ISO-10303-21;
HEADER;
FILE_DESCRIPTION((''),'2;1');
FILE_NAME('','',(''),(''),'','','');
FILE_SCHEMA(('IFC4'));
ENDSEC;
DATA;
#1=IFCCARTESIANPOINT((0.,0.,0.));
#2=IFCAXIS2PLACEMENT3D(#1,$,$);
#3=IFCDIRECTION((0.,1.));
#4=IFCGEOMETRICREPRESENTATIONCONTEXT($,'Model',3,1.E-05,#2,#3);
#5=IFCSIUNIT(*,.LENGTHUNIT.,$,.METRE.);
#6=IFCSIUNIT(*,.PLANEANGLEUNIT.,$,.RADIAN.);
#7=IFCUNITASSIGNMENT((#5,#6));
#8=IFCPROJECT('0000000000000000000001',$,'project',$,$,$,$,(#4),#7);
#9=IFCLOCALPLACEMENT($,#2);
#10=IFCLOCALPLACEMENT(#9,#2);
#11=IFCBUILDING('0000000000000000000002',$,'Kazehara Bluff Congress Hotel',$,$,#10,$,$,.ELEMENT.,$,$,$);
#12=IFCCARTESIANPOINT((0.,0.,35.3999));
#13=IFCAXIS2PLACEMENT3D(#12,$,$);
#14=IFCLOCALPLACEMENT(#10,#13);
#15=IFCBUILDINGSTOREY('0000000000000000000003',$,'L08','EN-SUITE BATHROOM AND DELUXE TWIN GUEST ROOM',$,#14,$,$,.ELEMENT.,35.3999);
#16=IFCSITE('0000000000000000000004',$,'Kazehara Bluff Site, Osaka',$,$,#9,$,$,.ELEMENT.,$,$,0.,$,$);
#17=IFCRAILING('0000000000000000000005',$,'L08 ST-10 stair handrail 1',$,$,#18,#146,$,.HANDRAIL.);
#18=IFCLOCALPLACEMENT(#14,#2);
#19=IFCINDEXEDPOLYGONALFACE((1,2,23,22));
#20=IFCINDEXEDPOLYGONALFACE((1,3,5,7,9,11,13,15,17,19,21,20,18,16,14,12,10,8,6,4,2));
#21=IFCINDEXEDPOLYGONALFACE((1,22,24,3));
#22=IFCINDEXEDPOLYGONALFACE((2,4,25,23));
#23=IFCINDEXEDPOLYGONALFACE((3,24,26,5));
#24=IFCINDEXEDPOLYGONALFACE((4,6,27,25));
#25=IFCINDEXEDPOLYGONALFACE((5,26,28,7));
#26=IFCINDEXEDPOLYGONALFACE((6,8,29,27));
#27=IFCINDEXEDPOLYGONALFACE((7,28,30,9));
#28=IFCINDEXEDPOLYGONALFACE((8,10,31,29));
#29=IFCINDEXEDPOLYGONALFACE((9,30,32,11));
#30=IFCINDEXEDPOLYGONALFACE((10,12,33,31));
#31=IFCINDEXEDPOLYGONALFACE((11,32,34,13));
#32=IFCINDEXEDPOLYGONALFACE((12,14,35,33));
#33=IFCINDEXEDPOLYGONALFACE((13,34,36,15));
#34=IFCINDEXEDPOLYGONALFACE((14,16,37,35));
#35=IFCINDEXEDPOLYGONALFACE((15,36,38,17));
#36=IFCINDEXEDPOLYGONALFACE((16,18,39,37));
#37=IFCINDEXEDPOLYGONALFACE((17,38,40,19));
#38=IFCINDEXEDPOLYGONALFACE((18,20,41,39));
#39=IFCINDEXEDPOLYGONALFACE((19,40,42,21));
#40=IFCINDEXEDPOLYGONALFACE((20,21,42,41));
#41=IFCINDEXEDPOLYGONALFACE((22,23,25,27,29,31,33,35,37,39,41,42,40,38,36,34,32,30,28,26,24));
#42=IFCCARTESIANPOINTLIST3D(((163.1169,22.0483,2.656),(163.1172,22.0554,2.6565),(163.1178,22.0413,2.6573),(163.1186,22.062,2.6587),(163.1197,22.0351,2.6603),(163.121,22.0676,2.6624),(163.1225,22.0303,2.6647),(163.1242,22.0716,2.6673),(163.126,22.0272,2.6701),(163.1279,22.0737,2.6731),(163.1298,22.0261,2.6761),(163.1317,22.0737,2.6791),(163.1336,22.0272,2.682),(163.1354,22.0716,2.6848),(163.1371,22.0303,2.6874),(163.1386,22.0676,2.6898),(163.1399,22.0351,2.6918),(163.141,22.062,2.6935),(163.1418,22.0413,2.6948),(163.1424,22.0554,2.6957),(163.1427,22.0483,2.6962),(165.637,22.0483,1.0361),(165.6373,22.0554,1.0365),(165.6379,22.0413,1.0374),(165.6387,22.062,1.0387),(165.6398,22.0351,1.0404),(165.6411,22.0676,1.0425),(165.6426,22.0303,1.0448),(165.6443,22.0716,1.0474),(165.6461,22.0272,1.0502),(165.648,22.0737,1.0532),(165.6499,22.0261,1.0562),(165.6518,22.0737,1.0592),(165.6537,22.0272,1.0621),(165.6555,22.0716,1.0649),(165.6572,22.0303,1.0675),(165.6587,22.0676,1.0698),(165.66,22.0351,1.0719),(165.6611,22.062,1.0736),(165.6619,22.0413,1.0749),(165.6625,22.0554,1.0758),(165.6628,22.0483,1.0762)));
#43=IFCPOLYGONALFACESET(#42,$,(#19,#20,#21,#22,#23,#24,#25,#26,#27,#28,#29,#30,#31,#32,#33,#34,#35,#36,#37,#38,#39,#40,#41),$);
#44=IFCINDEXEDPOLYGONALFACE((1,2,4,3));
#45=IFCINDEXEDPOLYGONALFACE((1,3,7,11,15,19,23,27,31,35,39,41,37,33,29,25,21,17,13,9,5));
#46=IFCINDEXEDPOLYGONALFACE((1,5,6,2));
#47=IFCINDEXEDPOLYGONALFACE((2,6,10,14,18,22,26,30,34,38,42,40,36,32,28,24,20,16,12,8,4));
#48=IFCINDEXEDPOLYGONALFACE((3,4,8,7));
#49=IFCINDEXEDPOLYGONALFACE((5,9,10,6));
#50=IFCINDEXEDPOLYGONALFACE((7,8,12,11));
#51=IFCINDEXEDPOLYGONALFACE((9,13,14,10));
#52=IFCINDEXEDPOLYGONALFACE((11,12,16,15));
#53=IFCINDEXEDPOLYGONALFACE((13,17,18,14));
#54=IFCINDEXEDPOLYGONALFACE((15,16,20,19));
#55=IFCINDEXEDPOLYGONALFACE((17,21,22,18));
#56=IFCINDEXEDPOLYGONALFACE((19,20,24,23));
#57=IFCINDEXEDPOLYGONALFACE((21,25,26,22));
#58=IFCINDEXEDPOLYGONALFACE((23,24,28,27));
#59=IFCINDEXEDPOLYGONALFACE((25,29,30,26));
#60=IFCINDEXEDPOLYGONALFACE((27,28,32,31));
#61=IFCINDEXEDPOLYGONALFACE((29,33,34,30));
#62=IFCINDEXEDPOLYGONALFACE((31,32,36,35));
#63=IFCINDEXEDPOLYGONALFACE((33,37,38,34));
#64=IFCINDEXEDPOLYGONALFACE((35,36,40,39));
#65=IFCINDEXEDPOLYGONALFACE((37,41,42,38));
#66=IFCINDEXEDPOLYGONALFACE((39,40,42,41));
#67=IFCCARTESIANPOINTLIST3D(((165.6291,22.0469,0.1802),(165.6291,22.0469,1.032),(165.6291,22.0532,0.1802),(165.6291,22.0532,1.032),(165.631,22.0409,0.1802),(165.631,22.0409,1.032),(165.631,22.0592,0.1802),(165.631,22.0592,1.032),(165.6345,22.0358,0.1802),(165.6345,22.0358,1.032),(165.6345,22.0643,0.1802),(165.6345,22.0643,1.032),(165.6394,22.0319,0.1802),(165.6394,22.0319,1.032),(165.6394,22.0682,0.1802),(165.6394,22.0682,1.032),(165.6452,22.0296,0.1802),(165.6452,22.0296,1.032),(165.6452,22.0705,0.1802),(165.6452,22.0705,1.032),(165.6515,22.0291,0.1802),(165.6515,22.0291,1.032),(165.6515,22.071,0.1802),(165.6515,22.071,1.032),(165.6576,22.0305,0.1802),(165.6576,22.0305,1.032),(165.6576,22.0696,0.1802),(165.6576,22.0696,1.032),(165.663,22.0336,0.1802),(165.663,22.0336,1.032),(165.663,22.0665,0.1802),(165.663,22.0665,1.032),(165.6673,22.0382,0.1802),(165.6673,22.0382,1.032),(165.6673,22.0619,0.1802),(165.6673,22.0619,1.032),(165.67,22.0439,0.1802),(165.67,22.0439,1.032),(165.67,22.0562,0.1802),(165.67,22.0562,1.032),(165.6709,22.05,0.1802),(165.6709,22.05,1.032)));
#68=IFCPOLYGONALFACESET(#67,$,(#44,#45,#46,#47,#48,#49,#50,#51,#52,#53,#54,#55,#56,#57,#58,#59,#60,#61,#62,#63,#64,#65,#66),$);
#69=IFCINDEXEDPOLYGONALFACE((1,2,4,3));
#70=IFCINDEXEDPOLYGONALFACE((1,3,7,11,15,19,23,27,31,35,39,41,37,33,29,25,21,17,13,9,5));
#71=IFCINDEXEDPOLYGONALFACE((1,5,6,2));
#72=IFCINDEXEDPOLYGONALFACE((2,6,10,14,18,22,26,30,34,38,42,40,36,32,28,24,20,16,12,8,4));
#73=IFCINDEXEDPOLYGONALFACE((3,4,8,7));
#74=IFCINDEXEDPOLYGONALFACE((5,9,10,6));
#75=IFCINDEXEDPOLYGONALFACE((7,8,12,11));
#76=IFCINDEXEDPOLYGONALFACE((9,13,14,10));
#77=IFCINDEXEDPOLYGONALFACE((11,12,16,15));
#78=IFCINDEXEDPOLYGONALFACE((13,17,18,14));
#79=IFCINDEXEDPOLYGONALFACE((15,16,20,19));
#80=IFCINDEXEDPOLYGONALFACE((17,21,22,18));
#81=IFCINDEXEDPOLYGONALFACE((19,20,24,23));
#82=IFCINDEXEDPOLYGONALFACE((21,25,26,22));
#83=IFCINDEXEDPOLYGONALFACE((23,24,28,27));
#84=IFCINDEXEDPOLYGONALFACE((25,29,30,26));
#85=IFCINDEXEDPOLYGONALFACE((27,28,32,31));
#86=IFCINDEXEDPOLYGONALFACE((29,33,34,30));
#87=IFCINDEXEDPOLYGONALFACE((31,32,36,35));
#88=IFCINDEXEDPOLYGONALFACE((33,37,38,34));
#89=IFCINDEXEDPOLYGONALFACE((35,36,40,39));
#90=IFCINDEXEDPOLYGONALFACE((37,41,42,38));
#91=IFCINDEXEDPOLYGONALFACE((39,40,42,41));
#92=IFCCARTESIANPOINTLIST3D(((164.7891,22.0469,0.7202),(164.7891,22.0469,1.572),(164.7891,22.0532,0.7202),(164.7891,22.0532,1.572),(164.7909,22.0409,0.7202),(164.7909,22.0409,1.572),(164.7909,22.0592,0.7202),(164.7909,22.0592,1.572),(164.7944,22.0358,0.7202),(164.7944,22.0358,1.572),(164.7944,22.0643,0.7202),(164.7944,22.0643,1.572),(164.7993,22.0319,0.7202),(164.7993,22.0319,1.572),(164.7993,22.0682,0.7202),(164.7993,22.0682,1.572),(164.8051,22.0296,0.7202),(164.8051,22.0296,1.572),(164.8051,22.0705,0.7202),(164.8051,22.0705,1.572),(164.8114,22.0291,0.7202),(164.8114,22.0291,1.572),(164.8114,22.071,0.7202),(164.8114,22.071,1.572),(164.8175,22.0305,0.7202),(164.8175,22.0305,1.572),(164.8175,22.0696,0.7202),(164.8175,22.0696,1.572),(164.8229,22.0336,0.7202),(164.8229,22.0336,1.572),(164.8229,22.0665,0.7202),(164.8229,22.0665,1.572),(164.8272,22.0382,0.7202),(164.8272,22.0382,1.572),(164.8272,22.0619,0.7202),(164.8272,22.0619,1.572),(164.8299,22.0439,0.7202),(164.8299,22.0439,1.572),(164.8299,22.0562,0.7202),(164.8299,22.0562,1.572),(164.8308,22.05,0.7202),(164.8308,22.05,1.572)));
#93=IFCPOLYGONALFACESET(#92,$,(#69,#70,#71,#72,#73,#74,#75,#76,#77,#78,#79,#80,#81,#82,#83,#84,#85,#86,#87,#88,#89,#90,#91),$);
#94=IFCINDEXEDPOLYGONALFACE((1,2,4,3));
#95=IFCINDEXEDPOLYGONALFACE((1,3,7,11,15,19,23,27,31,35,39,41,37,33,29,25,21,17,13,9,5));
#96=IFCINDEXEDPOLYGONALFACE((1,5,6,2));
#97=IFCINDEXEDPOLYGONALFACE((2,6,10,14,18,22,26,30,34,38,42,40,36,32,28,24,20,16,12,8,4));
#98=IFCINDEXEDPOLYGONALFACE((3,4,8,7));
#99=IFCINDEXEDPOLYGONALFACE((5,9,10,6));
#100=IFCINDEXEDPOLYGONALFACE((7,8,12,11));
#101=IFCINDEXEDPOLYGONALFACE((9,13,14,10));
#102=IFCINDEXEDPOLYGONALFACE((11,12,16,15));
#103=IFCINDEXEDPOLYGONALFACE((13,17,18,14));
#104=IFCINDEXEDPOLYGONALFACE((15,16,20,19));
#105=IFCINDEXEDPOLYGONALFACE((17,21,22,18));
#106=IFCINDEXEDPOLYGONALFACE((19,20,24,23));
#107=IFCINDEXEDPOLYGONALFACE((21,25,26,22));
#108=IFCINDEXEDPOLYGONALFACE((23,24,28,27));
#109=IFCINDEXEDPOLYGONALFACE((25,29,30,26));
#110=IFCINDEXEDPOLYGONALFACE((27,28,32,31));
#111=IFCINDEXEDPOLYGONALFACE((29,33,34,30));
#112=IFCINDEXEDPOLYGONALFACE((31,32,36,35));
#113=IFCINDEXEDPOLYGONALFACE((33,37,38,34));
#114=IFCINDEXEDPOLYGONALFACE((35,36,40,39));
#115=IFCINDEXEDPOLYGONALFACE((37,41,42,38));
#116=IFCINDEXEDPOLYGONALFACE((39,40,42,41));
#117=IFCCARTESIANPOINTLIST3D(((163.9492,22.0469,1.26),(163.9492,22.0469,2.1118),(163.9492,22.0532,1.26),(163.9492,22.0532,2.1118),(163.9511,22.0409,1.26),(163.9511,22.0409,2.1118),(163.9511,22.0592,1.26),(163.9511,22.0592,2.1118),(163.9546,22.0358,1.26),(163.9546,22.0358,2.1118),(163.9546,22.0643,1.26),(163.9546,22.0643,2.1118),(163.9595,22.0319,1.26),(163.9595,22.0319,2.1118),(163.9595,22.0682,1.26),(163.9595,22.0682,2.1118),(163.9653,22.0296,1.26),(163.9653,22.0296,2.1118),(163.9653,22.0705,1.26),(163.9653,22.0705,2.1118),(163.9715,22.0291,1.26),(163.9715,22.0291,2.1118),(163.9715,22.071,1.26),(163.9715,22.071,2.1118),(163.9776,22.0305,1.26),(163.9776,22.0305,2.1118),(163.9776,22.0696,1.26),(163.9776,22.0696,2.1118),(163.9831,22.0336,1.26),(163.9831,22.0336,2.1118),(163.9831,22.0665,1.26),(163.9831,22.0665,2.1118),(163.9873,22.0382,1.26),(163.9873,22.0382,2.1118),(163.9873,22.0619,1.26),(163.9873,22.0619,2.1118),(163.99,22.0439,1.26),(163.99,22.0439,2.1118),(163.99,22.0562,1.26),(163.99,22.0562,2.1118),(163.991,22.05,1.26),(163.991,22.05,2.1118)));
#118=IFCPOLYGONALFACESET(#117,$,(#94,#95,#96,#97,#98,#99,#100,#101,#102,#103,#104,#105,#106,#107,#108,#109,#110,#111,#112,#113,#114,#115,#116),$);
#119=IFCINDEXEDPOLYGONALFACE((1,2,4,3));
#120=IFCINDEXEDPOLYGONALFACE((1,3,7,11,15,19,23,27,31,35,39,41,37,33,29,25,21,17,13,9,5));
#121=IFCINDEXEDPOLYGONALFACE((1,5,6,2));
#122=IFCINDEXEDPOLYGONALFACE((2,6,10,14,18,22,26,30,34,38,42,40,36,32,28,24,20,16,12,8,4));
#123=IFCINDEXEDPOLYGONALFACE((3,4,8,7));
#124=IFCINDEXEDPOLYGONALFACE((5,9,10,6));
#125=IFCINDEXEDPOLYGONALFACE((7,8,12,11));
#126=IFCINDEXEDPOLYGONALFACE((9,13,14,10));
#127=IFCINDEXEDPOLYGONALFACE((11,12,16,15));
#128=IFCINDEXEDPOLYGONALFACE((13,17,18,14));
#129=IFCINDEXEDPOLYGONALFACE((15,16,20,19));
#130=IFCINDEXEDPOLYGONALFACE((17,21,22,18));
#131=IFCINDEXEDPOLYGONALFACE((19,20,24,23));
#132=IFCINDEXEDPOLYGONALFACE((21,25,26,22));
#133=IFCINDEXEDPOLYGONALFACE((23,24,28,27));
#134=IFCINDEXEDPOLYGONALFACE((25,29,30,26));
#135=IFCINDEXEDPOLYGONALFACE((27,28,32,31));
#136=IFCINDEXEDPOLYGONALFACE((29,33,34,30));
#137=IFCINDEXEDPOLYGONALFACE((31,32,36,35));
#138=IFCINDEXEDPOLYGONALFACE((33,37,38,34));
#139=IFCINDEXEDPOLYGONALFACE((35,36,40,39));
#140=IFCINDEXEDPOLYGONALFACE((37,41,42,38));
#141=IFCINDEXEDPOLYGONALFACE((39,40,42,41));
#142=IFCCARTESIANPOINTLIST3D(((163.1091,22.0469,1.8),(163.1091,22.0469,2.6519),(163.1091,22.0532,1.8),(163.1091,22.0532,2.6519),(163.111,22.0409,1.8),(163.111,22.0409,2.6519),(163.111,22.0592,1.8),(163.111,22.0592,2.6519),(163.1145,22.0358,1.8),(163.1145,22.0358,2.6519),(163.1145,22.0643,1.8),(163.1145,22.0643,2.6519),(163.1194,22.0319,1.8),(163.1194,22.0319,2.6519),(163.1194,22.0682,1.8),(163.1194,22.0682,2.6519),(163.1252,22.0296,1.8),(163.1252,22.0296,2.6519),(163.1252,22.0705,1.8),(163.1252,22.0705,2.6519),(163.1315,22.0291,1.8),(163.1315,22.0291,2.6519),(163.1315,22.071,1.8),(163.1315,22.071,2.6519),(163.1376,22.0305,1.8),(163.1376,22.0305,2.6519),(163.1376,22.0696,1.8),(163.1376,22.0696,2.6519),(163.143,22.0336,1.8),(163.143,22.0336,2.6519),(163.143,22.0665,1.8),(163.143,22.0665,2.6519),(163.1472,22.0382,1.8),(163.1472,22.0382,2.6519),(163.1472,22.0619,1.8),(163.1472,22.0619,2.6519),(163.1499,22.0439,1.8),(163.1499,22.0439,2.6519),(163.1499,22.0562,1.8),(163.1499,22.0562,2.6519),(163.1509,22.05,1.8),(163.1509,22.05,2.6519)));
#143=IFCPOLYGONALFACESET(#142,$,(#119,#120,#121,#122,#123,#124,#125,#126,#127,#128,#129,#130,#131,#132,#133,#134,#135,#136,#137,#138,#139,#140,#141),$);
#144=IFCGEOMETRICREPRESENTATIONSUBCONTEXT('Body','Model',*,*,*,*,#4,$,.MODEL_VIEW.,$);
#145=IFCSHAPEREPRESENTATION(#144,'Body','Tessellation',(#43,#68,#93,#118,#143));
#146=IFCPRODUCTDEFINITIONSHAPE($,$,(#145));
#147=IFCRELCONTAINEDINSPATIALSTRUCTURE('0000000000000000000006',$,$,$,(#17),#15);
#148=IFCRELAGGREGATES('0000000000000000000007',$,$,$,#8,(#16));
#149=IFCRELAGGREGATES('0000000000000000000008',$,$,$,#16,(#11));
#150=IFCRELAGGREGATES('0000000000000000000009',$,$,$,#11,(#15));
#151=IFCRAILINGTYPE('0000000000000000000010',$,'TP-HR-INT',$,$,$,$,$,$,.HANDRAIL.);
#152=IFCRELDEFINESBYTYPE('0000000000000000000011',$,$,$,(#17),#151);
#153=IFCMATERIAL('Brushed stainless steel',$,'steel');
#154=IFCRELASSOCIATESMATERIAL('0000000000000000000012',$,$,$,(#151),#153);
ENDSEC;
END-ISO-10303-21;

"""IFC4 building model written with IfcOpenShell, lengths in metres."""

from ifc_helpers import new_model, si_unit, direction, frame, origin, origin_2d, place, context, subcontext, project, spatial, circle, extrude, material, type_object, element, save


model = new_model("IFC4")

# Units and contexts
model_context = context("Model", 3, precision=1e-05, world=origin(), true_north=direction((0.0, 1.0)))
body_context = subcontext(model_context, "Body", "Model", "MODEL_VIEW")
ifc_project = project(units=[si_unit("LENGTHUNIT", "METRE"), si_unit("PLANEANGLEUNIT", "RADIAN")], contexts=[model_context])

# Site, building, storey
site_placement = place(None, origin())
site = spatial("IfcSite", under=ifc_project, at=site_placement, Name="Kazehara Bluff Site, Osaka", CompositionType="ELEMENT", RefElevation=0.0)
building_placement = place(site_placement, origin())
building = spatial("IfcBuilding", under=site, at=building_placement, Name="Kazehara Bluff Congress Hotel", CompositionType="ELEMENT")
storey_placement = place(building_placement, frame((0.0, 0.0, 35.3999)))
storey = spatial("IfcBuildingStorey", under=building, at=storey_placement, Name="L08", Description="EN-SUITE BATHROOM AND DELUXE TWIN GUEST ROOM", CompositionType="ELEMENT", Elevation=35.3999)

# Railing
ifc_material_1 = material(Name="Brushed stainless steel", Category="steel")
railing_type = type_object("IfcRailingType", Name="TP-HR-INT", PredefinedType="HANDRAIL", material=ifc_material_1)
railing_placement = place(storey_placement, frame((165.6499, 22.05, 0.1802)))
element("IfcRailing", 1, at=railing_placement, inside=storey, type_object=railing_type, Name="L08 ST-10 stair handrail 1", PredefinedType="HANDRAIL", context=body_context, shape_type="SweptSolid", body=[
    extrude(circle(Radius=0.0239, at=origin_2d()), frame((0.0, 0.0, 0.876), z_axis=(-0.8412, 0.0, 0.540725), x_axis=(0.0, -1.0, 0.0)), (0.0, 0.0, 1.0), 2.9958),
    extrude(circle(Radius=0.021, at=origin_2d()), origin(), (0.0, 0.0, 1.0), 0.8518),
    extrude(circle(Radius=0.021, at=origin_2d()), frame((-0.8401, 0.0, 0.54)), (0.0, 0.0, 1.0), 0.8518),
    extrude(circle(Radius=0.021, at=origin_2d()), frame((-1.6799, 0.0, 1.0798)), (0.0, 0.0, 1.0), 0.8518),
    extrude(circle(Radius=0.021, at=origin_2d()), frame((-2.52, 0.0, 1.6199)), (0.0, 0.0, 1.0), 0.8518),
])

save(model, "model.ifc")
